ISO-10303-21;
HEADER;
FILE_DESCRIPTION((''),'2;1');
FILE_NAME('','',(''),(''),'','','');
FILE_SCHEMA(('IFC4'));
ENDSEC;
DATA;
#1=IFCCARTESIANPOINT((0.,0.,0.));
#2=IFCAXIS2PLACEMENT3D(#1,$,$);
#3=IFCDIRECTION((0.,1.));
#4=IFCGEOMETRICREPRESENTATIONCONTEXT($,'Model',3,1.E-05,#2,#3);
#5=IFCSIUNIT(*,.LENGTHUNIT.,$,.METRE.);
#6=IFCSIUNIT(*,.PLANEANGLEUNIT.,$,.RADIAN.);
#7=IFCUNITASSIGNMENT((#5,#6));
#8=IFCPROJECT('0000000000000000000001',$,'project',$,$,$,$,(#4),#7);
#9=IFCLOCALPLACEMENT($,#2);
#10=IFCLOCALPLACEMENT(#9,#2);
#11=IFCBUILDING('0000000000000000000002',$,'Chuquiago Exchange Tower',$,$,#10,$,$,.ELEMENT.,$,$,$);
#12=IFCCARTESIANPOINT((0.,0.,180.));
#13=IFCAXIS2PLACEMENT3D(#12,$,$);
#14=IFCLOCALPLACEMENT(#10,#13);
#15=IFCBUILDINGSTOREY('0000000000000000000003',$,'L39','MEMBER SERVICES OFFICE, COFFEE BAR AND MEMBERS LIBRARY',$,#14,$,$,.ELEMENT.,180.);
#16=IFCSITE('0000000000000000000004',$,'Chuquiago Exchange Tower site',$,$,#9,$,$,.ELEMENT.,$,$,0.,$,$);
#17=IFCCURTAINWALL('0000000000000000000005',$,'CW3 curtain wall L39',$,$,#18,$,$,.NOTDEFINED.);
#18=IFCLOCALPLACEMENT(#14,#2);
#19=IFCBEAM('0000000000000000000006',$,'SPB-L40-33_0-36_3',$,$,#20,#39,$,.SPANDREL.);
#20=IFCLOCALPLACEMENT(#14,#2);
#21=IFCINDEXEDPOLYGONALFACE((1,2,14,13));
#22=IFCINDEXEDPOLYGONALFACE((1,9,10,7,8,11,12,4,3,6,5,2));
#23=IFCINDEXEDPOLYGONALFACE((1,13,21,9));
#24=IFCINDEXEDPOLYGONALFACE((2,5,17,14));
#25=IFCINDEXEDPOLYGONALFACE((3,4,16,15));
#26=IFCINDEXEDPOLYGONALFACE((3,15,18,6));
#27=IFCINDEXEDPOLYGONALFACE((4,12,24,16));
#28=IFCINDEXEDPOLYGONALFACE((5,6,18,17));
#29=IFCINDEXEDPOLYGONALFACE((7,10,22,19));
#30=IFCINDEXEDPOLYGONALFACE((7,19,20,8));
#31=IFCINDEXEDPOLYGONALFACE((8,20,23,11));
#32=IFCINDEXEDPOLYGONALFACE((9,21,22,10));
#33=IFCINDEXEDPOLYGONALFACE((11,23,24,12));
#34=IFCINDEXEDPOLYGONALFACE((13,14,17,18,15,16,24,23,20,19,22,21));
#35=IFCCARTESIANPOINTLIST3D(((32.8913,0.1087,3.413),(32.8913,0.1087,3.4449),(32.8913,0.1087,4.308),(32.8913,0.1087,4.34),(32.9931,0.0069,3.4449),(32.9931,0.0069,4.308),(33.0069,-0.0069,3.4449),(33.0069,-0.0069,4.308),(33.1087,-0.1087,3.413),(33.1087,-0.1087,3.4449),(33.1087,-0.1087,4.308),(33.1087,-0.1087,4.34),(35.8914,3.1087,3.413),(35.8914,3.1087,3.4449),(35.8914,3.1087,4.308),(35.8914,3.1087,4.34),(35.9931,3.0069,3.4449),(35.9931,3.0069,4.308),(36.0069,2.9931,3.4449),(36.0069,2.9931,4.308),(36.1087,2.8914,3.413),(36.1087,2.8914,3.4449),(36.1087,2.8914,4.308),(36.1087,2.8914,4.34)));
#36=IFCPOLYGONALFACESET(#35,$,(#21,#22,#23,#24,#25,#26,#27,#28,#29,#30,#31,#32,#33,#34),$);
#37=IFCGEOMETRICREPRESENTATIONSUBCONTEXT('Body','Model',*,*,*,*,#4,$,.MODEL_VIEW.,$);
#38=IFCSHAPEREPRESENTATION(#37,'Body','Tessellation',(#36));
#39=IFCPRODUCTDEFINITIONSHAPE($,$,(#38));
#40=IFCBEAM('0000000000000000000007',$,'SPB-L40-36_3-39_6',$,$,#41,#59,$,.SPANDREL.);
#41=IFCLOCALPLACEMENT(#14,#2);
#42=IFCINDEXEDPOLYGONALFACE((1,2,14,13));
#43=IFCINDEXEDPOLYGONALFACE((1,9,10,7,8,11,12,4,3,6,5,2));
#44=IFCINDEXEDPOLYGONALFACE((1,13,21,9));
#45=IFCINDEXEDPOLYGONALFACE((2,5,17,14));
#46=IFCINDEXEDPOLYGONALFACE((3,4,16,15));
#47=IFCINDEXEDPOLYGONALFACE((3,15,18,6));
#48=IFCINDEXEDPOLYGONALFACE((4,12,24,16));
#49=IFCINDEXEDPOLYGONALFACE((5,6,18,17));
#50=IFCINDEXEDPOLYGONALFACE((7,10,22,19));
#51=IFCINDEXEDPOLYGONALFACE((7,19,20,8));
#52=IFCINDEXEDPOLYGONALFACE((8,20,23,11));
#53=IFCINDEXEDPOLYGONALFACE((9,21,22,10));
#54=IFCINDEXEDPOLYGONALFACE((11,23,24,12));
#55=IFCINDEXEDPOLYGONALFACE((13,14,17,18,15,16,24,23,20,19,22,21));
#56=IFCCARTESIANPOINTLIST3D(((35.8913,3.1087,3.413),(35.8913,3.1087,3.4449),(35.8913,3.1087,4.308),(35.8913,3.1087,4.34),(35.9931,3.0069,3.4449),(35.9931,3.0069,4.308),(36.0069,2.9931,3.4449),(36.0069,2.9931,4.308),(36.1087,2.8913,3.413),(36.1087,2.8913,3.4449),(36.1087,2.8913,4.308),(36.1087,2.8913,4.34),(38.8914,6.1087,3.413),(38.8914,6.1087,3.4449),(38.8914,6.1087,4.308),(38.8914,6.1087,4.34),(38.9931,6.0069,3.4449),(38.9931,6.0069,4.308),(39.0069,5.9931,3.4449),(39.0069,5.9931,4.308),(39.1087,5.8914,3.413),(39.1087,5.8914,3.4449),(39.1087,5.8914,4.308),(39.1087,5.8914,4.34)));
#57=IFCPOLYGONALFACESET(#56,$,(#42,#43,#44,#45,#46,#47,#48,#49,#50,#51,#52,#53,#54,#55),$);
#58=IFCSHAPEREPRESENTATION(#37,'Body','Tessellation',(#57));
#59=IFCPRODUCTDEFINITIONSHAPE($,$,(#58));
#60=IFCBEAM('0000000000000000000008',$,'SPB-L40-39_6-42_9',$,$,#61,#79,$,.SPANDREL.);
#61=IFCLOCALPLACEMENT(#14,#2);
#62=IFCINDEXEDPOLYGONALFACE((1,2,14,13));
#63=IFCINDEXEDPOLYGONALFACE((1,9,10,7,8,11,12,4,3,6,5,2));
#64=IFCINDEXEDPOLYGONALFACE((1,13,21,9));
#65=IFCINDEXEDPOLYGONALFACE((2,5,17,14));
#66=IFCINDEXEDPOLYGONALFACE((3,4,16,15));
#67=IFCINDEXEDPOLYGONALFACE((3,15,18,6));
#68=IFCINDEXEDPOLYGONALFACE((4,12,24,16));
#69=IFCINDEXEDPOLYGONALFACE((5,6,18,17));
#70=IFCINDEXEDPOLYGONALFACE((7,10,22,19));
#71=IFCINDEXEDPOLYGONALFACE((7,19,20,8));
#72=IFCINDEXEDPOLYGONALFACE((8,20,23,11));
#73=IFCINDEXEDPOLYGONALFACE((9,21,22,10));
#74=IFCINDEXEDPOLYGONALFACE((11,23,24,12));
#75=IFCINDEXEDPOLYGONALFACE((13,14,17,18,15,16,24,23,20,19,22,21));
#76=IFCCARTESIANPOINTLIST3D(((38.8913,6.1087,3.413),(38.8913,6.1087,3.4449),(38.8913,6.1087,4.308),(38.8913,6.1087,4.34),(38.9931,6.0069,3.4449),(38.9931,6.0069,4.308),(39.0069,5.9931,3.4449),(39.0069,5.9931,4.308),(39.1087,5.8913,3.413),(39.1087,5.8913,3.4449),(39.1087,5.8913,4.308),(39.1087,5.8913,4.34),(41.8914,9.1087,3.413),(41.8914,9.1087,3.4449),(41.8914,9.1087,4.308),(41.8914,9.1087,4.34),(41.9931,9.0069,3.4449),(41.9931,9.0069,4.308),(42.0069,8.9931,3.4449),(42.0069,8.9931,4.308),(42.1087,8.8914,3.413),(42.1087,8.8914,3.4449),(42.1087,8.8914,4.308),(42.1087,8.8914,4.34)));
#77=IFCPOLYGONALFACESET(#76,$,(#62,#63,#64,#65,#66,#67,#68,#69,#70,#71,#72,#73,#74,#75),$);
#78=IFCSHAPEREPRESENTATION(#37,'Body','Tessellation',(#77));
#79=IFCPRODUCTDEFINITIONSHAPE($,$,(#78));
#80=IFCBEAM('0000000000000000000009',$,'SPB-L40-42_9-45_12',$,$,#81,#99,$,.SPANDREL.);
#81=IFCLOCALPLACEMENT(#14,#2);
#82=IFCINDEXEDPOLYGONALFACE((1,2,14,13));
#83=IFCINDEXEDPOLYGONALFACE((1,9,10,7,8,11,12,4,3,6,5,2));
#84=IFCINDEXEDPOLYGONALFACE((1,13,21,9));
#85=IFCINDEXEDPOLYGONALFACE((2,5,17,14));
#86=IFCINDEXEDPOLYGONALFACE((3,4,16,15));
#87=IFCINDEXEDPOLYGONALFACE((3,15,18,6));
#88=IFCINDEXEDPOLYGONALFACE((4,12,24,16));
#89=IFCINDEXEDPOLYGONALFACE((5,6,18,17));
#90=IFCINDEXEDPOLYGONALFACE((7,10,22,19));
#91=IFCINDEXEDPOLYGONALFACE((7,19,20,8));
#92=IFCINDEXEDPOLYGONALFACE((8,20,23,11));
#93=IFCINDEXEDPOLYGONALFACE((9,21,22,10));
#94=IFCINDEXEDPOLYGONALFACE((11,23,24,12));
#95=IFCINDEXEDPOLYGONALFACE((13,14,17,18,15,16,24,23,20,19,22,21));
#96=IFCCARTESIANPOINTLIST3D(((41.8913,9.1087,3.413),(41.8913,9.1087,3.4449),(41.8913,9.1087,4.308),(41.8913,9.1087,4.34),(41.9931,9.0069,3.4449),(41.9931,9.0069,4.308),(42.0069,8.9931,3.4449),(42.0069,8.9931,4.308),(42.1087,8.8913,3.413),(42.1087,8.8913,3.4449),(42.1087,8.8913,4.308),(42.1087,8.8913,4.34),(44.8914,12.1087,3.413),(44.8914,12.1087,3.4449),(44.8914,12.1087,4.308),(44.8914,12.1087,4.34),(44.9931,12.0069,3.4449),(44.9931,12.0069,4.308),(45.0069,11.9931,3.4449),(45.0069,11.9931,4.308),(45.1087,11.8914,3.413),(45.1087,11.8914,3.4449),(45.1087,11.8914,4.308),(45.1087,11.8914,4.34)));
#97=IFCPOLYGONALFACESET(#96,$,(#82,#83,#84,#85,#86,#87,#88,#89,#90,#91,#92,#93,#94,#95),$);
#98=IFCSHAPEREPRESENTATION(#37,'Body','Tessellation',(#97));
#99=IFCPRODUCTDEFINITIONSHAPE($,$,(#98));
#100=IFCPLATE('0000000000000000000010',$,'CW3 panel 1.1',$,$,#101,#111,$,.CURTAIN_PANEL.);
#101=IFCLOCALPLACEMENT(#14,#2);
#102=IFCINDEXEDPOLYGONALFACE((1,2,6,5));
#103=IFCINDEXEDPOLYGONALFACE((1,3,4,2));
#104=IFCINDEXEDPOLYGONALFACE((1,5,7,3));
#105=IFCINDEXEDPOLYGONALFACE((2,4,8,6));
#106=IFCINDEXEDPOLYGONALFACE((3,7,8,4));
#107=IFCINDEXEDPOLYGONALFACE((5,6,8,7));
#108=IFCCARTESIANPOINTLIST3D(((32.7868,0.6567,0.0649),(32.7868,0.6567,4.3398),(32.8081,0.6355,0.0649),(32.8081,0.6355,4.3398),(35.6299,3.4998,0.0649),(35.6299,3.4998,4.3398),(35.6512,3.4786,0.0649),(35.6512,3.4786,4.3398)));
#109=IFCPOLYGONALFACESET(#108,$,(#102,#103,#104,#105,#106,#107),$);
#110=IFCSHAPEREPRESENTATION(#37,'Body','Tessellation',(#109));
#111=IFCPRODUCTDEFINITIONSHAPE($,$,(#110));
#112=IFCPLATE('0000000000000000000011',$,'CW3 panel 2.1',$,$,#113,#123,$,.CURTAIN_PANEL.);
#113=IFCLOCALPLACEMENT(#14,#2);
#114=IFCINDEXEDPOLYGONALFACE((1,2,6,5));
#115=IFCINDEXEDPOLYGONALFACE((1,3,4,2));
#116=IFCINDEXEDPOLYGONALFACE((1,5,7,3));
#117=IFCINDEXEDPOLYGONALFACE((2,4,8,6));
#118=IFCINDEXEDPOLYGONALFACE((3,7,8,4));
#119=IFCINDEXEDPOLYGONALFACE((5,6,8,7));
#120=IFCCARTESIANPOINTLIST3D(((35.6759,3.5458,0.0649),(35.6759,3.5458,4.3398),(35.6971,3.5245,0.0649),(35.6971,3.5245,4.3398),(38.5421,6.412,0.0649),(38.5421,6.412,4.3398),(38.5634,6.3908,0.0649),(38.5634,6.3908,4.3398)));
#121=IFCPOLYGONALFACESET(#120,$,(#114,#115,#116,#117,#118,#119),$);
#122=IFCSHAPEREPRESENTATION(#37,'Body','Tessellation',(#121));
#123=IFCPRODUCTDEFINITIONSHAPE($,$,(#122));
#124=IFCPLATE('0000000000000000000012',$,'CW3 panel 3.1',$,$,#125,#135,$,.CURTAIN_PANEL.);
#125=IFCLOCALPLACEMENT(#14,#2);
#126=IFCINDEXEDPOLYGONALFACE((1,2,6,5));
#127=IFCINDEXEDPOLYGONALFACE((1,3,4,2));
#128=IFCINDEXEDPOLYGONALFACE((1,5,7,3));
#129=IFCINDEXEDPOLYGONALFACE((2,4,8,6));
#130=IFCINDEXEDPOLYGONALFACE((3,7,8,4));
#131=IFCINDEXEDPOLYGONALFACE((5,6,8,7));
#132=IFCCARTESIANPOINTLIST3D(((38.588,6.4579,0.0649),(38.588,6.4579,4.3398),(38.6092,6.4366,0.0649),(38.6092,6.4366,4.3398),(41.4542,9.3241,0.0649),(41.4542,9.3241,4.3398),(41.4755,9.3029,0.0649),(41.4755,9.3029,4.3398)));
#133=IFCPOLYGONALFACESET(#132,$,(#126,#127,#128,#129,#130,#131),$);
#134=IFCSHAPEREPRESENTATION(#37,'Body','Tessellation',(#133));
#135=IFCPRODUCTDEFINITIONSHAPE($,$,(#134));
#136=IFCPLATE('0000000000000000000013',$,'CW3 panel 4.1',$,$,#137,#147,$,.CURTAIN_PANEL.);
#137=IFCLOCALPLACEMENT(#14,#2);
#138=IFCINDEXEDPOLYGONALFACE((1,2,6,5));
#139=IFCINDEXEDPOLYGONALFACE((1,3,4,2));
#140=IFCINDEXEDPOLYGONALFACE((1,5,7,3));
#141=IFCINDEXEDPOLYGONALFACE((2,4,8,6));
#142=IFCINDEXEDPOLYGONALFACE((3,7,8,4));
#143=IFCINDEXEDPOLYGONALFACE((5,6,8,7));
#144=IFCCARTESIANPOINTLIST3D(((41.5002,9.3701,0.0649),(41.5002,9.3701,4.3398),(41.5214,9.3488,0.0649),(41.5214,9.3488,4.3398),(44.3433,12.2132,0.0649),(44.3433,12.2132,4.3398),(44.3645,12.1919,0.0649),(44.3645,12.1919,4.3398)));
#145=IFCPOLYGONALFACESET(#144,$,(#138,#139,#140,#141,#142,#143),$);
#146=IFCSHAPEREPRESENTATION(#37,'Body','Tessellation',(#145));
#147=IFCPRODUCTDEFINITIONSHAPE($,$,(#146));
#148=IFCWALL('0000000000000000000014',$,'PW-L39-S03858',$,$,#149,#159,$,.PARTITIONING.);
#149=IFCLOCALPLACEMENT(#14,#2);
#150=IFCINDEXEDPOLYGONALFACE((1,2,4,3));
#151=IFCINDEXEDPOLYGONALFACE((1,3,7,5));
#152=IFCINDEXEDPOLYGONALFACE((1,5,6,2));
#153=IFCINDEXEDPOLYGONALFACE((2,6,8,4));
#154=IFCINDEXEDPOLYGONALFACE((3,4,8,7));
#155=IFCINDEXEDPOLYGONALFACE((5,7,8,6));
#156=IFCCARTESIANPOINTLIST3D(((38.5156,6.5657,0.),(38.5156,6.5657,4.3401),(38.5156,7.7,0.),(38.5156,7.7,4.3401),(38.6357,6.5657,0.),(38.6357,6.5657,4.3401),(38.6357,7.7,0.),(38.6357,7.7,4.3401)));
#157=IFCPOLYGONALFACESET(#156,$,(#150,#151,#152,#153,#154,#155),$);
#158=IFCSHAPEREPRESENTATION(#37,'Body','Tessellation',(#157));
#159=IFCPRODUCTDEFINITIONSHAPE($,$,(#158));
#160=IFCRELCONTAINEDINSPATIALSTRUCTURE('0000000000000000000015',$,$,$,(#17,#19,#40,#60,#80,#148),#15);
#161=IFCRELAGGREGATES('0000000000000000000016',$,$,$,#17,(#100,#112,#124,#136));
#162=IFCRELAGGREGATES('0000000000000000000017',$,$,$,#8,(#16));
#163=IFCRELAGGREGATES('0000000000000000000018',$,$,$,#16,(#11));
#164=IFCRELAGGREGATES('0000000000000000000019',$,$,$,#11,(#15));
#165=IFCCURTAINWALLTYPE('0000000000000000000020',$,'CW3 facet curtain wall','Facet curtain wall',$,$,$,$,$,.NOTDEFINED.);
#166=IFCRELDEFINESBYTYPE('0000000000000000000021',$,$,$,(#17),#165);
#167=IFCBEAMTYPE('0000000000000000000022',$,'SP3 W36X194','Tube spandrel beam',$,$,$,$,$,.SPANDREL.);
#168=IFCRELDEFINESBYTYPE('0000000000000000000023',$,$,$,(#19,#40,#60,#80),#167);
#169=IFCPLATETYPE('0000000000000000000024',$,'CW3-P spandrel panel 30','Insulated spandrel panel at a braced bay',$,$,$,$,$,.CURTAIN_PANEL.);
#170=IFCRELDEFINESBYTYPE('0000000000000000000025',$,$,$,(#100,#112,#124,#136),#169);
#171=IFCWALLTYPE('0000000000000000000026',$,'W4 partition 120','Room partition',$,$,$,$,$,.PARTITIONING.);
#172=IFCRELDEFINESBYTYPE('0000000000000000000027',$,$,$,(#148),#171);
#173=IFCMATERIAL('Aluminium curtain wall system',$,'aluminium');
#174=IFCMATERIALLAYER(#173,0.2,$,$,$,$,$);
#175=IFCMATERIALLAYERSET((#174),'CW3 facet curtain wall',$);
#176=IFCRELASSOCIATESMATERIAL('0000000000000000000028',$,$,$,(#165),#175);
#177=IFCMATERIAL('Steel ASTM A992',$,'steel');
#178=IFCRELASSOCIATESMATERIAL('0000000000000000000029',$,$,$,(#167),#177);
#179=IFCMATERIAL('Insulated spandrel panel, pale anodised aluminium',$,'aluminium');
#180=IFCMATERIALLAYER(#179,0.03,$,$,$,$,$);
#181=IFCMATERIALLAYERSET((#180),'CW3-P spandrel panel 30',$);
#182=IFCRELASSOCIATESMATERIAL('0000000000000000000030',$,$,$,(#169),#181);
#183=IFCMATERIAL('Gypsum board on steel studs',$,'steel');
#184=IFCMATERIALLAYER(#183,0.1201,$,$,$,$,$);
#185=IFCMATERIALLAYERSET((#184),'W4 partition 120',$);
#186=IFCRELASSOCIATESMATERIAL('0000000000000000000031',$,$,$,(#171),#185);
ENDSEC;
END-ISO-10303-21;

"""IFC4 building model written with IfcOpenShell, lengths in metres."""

from ifc_helpers import new_model, si_unit, direction, frame, frame_2d, origin, origin_2d, place, context, subcontext, project, spatial, rectangle, i_section, extrude, material, layer, layer_set, material_profile, profile_set, type_object, element, aggregate, save


model = new_model("IFC4")

# Units and contexts
model_context = context("Model", 3, precision=1e-05, world=origin(), true_north=direction((0.0, 1.0)))
body_context = subcontext(model_context, "Body", "Model", "MODEL_VIEW")
ifc_project = project(units=[si_unit("LENGTHUNIT", "METRE"), si_unit("PLANEANGLEUNIT", "RADIAN")], contexts=[model_context])

# Site, building, storey
site_placement = place(None, origin())
site = spatial("IfcSite", under=ifc_project, at=site_placement, Name="Chuquiago Exchange Tower site", CompositionType="ELEMENT", RefElevation=0.0)
building_placement = place(site_placement, origin())
building = spatial("IfcBuilding", under=site, at=building_placement, Name="Chuquiago Exchange Tower", CompositionType="ELEMENT")
storey_placement = place(building_placement, frame((0.0, 0.0, 180.0)))
storey = spatial("IfcBuildingStorey", under=building, at=storey_placement, Name="L39", Description="MEMBER SERVICES OFFICE, COFFEE BAR AND MEMBERS LIBRARY", CompositionType="ELEMENT", Elevation=180.0)

# Curtain wall
ifc_material_1 = material(Name="Aluminium curtain wall system", Category="aluminium")
ifc_layer_1 = layer(ifc_material_1, 0.2)
ifc_layer_set_1 = layer_set([ifc_layer_1], Name="CW3 facet curtain wall")
curtain_wall_type = type_object("IfcCurtainWallType", Name="CW3 facet curtain wall", Description="Facet curtain wall", PredefinedType="NOTDEFINED", material=ifc_layer_set_1)
curtain_wall_placement = place(storey_placement, origin())
curtain_wall = element("IfcCurtainWall", 1, at=curtain_wall_placement, inside=storey, type_object=curtain_wall_type, Name="CW3 curtain wall L39", PredefinedType="NOTDEFINED")

# Beams
ifc_material_2 = material(Name="Steel ASTM A992", Category="steel")
ifc_material_profile_1 = material_profile(ifc_material_2, i_section(OverallWidth=0.3074, OverallDepth=0.927, WebThickness=0.0195, FlangeThickness=0.032, at=origin_2d()), Name="W36X194")
ifc_profile_set_1 = profile_set([ifc_material_profile_1], Name="Steel ASTM A992")
beam_type_1 = type_object("IfcBeamType", Name="SP3 W36X194", Description="Tube spandrel beam", PredefinedType="SPANDREL", material=ifc_profile_set_1)
for number, where, z_axis, x_axis, name in (
    (2, (33.0, 0.0, 3.8765), (0.707107, 0.707107, 0.0), (-0.707107, 0.707107, 0.0), "SPB-L40-33_0-36_3"),
    (3, (36.0, 3.0, 3.8765), (0.707107, 0.707107, 0.0), (-0.707107, 0.707107, 0.0), "SPB-L40-36_3-39_6"),
    (4, (39.0, 6.0, 3.8765), (0.707107, 0.707107, 0.0), (-0.707107, 0.707107, 0.0), "SPB-L40-39_6-42_9"),
    (5, (42.0, 9.0, 3.8765), (0.707107, 0.707107, 0.0), (-0.707107, 0.707107, 0.0), "SPB-L40-42_9-45_12"),
):
    element("IfcBeam", number, at=place(storey_placement, frame(where, z_axis=z_axis, x_axis=x_axis)), inside=storey, type_object=beam_type_1, Name=name, PredefinedType="SPANDREL", context=body_context, shape_type="SweptSolid", body=[
        extrude(i_section(OverallWidth=0.3074, OverallDepth=0.927, WebThickness=0.0195, FlangeThickness=0.032, at=origin_2d()), origin(), (0.0, 0.0, 1.0), 4.2427),
    ])

# Plates
ifc_material_3 = material(Name="Insulated spandrel panel, pale anodised aluminium", Category="aluminium")
ifc_layer_2 = layer(ifc_material_3, 0.03)
ifc_layer_set_2 = layer_set([ifc_layer_2], Name="CW3-P spandrel panel 30")
plate_type = type_object("IfcPlateType", Name="CW3-P spandrel panel 30", Description="Insulated spandrel panel at a braced bay", PredefinedType="CURTAIN_PANEL", material=ifc_layer_set_2)
plate_1_placement = place(storey_placement, frame((34.219, 2.0676, 0.0649), z_axis=(0.0, 0.0, 1.0), x_axis=(0.707107, 0.707107, 0.0)))
plate_1 = element("IfcPlate", 6, at=plate_1_placement, type_object=plate_type, Name="CW3 panel 1.1", PredefinedType="CURTAIN_PANEL", context=body_context, shape_type="SweptSolid", body=[
    extrude(rectangle(XDim=4.0208, YDim=0.03, at=origin_2d()), origin(), (0.0, 0.0, 1.0), 4.2749),
])
plate_2_placement = place(storey_placement, frame((37.1196, 4.9683, 0.0649), z_axis=(0.0, 0.0, 1.0), x_axis=(0.707107, 0.707107, 0.0)))
plate_2 = element("IfcPlate", 7, at=plate_2_placement, type_object=plate_type, Name="CW3 panel 2.1", PredefinedType="CURTAIN_PANEL", context=body_context, shape_type="SweptSolid", body=[
    extrude(rectangle(XDim=4.0535, YDim=0.03, at=origin_2d()), origin(), (0.0, 0.0, 1.0), 4.2749),
])
plate_3_placement = place(storey_placement, frame((40.0317, 7.8804, 0.0649), z_axis=(0.0, 0.0, 1.0), x_axis=(0.707107, 0.707107, 0.0)))
plate_3 = element("IfcPlate", 8, at=plate_3_placement, type_object=plate_type, Name="CW3 panel 3.1", PredefinedType="CURTAIN_PANEL", context=body_context, shape_type="SweptSolid", body=[
    extrude(rectangle(XDim=4.0535, YDim=0.03, at=origin_2d()), origin(), (0.0, 0.0, 1.0), 4.2749),
])
plate_4_placement = place(storey_placement, frame((42.9324, 10.781, 0.0649), z_axis=(0.0, 0.0, 1.0), x_axis=(0.707107, 0.707107, 0.0)))
plate_4 = element("IfcPlate", 9, at=plate_4_placement, type_object=plate_type, Name="CW3 panel 4.1", PredefinedType="CURTAIN_PANEL", context=body_context, shape_type="SweptSolid", body=[
    extrude(rectangle(XDim=4.0208, YDim=0.03, at=origin_2d()), origin(), (0.0, 0.0, 1.0), 4.2749),
])
aggregate(curtain_wall, [plate_1, plate_2, plate_3, plate_4])

# Wall
ifc_material_4 = material(Name="Gypsum board on steel studs", Category="steel")
ifc_layer_3 = layer(ifc_material_4, 0.1201)
ifc_layer_set_3 = layer_set([ifc_layer_3], Name="W4 partition 120")
wall_type = type_object("IfcWallType", Name="W4 partition 120", Description="Room partition", PredefinedType="PARTITIONING", material=ifc_layer_set_3)
wall_placement = place(storey_placement, frame((38.5757, 6.5657, 0.0), z_axis=(0.0, 0.0, 1.0), x_axis=(0.0, 1.0, 0.0)))
element("IfcWall", 10, at=wall_placement, inside=storey, type_object=wall_type, Name="PW-L39-S03858", PredefinedType="PARTITIONING", context=body_context, shape_type="SweptSolid", body=[
    extrude(rectangle(XDim=1.1343, YDim=0.1201, at=frame_2d((0.5671, 0.0))), origin(), (0.0, 0.0, 1.0), 4.3401),
])

save(model, "model.ifc")
